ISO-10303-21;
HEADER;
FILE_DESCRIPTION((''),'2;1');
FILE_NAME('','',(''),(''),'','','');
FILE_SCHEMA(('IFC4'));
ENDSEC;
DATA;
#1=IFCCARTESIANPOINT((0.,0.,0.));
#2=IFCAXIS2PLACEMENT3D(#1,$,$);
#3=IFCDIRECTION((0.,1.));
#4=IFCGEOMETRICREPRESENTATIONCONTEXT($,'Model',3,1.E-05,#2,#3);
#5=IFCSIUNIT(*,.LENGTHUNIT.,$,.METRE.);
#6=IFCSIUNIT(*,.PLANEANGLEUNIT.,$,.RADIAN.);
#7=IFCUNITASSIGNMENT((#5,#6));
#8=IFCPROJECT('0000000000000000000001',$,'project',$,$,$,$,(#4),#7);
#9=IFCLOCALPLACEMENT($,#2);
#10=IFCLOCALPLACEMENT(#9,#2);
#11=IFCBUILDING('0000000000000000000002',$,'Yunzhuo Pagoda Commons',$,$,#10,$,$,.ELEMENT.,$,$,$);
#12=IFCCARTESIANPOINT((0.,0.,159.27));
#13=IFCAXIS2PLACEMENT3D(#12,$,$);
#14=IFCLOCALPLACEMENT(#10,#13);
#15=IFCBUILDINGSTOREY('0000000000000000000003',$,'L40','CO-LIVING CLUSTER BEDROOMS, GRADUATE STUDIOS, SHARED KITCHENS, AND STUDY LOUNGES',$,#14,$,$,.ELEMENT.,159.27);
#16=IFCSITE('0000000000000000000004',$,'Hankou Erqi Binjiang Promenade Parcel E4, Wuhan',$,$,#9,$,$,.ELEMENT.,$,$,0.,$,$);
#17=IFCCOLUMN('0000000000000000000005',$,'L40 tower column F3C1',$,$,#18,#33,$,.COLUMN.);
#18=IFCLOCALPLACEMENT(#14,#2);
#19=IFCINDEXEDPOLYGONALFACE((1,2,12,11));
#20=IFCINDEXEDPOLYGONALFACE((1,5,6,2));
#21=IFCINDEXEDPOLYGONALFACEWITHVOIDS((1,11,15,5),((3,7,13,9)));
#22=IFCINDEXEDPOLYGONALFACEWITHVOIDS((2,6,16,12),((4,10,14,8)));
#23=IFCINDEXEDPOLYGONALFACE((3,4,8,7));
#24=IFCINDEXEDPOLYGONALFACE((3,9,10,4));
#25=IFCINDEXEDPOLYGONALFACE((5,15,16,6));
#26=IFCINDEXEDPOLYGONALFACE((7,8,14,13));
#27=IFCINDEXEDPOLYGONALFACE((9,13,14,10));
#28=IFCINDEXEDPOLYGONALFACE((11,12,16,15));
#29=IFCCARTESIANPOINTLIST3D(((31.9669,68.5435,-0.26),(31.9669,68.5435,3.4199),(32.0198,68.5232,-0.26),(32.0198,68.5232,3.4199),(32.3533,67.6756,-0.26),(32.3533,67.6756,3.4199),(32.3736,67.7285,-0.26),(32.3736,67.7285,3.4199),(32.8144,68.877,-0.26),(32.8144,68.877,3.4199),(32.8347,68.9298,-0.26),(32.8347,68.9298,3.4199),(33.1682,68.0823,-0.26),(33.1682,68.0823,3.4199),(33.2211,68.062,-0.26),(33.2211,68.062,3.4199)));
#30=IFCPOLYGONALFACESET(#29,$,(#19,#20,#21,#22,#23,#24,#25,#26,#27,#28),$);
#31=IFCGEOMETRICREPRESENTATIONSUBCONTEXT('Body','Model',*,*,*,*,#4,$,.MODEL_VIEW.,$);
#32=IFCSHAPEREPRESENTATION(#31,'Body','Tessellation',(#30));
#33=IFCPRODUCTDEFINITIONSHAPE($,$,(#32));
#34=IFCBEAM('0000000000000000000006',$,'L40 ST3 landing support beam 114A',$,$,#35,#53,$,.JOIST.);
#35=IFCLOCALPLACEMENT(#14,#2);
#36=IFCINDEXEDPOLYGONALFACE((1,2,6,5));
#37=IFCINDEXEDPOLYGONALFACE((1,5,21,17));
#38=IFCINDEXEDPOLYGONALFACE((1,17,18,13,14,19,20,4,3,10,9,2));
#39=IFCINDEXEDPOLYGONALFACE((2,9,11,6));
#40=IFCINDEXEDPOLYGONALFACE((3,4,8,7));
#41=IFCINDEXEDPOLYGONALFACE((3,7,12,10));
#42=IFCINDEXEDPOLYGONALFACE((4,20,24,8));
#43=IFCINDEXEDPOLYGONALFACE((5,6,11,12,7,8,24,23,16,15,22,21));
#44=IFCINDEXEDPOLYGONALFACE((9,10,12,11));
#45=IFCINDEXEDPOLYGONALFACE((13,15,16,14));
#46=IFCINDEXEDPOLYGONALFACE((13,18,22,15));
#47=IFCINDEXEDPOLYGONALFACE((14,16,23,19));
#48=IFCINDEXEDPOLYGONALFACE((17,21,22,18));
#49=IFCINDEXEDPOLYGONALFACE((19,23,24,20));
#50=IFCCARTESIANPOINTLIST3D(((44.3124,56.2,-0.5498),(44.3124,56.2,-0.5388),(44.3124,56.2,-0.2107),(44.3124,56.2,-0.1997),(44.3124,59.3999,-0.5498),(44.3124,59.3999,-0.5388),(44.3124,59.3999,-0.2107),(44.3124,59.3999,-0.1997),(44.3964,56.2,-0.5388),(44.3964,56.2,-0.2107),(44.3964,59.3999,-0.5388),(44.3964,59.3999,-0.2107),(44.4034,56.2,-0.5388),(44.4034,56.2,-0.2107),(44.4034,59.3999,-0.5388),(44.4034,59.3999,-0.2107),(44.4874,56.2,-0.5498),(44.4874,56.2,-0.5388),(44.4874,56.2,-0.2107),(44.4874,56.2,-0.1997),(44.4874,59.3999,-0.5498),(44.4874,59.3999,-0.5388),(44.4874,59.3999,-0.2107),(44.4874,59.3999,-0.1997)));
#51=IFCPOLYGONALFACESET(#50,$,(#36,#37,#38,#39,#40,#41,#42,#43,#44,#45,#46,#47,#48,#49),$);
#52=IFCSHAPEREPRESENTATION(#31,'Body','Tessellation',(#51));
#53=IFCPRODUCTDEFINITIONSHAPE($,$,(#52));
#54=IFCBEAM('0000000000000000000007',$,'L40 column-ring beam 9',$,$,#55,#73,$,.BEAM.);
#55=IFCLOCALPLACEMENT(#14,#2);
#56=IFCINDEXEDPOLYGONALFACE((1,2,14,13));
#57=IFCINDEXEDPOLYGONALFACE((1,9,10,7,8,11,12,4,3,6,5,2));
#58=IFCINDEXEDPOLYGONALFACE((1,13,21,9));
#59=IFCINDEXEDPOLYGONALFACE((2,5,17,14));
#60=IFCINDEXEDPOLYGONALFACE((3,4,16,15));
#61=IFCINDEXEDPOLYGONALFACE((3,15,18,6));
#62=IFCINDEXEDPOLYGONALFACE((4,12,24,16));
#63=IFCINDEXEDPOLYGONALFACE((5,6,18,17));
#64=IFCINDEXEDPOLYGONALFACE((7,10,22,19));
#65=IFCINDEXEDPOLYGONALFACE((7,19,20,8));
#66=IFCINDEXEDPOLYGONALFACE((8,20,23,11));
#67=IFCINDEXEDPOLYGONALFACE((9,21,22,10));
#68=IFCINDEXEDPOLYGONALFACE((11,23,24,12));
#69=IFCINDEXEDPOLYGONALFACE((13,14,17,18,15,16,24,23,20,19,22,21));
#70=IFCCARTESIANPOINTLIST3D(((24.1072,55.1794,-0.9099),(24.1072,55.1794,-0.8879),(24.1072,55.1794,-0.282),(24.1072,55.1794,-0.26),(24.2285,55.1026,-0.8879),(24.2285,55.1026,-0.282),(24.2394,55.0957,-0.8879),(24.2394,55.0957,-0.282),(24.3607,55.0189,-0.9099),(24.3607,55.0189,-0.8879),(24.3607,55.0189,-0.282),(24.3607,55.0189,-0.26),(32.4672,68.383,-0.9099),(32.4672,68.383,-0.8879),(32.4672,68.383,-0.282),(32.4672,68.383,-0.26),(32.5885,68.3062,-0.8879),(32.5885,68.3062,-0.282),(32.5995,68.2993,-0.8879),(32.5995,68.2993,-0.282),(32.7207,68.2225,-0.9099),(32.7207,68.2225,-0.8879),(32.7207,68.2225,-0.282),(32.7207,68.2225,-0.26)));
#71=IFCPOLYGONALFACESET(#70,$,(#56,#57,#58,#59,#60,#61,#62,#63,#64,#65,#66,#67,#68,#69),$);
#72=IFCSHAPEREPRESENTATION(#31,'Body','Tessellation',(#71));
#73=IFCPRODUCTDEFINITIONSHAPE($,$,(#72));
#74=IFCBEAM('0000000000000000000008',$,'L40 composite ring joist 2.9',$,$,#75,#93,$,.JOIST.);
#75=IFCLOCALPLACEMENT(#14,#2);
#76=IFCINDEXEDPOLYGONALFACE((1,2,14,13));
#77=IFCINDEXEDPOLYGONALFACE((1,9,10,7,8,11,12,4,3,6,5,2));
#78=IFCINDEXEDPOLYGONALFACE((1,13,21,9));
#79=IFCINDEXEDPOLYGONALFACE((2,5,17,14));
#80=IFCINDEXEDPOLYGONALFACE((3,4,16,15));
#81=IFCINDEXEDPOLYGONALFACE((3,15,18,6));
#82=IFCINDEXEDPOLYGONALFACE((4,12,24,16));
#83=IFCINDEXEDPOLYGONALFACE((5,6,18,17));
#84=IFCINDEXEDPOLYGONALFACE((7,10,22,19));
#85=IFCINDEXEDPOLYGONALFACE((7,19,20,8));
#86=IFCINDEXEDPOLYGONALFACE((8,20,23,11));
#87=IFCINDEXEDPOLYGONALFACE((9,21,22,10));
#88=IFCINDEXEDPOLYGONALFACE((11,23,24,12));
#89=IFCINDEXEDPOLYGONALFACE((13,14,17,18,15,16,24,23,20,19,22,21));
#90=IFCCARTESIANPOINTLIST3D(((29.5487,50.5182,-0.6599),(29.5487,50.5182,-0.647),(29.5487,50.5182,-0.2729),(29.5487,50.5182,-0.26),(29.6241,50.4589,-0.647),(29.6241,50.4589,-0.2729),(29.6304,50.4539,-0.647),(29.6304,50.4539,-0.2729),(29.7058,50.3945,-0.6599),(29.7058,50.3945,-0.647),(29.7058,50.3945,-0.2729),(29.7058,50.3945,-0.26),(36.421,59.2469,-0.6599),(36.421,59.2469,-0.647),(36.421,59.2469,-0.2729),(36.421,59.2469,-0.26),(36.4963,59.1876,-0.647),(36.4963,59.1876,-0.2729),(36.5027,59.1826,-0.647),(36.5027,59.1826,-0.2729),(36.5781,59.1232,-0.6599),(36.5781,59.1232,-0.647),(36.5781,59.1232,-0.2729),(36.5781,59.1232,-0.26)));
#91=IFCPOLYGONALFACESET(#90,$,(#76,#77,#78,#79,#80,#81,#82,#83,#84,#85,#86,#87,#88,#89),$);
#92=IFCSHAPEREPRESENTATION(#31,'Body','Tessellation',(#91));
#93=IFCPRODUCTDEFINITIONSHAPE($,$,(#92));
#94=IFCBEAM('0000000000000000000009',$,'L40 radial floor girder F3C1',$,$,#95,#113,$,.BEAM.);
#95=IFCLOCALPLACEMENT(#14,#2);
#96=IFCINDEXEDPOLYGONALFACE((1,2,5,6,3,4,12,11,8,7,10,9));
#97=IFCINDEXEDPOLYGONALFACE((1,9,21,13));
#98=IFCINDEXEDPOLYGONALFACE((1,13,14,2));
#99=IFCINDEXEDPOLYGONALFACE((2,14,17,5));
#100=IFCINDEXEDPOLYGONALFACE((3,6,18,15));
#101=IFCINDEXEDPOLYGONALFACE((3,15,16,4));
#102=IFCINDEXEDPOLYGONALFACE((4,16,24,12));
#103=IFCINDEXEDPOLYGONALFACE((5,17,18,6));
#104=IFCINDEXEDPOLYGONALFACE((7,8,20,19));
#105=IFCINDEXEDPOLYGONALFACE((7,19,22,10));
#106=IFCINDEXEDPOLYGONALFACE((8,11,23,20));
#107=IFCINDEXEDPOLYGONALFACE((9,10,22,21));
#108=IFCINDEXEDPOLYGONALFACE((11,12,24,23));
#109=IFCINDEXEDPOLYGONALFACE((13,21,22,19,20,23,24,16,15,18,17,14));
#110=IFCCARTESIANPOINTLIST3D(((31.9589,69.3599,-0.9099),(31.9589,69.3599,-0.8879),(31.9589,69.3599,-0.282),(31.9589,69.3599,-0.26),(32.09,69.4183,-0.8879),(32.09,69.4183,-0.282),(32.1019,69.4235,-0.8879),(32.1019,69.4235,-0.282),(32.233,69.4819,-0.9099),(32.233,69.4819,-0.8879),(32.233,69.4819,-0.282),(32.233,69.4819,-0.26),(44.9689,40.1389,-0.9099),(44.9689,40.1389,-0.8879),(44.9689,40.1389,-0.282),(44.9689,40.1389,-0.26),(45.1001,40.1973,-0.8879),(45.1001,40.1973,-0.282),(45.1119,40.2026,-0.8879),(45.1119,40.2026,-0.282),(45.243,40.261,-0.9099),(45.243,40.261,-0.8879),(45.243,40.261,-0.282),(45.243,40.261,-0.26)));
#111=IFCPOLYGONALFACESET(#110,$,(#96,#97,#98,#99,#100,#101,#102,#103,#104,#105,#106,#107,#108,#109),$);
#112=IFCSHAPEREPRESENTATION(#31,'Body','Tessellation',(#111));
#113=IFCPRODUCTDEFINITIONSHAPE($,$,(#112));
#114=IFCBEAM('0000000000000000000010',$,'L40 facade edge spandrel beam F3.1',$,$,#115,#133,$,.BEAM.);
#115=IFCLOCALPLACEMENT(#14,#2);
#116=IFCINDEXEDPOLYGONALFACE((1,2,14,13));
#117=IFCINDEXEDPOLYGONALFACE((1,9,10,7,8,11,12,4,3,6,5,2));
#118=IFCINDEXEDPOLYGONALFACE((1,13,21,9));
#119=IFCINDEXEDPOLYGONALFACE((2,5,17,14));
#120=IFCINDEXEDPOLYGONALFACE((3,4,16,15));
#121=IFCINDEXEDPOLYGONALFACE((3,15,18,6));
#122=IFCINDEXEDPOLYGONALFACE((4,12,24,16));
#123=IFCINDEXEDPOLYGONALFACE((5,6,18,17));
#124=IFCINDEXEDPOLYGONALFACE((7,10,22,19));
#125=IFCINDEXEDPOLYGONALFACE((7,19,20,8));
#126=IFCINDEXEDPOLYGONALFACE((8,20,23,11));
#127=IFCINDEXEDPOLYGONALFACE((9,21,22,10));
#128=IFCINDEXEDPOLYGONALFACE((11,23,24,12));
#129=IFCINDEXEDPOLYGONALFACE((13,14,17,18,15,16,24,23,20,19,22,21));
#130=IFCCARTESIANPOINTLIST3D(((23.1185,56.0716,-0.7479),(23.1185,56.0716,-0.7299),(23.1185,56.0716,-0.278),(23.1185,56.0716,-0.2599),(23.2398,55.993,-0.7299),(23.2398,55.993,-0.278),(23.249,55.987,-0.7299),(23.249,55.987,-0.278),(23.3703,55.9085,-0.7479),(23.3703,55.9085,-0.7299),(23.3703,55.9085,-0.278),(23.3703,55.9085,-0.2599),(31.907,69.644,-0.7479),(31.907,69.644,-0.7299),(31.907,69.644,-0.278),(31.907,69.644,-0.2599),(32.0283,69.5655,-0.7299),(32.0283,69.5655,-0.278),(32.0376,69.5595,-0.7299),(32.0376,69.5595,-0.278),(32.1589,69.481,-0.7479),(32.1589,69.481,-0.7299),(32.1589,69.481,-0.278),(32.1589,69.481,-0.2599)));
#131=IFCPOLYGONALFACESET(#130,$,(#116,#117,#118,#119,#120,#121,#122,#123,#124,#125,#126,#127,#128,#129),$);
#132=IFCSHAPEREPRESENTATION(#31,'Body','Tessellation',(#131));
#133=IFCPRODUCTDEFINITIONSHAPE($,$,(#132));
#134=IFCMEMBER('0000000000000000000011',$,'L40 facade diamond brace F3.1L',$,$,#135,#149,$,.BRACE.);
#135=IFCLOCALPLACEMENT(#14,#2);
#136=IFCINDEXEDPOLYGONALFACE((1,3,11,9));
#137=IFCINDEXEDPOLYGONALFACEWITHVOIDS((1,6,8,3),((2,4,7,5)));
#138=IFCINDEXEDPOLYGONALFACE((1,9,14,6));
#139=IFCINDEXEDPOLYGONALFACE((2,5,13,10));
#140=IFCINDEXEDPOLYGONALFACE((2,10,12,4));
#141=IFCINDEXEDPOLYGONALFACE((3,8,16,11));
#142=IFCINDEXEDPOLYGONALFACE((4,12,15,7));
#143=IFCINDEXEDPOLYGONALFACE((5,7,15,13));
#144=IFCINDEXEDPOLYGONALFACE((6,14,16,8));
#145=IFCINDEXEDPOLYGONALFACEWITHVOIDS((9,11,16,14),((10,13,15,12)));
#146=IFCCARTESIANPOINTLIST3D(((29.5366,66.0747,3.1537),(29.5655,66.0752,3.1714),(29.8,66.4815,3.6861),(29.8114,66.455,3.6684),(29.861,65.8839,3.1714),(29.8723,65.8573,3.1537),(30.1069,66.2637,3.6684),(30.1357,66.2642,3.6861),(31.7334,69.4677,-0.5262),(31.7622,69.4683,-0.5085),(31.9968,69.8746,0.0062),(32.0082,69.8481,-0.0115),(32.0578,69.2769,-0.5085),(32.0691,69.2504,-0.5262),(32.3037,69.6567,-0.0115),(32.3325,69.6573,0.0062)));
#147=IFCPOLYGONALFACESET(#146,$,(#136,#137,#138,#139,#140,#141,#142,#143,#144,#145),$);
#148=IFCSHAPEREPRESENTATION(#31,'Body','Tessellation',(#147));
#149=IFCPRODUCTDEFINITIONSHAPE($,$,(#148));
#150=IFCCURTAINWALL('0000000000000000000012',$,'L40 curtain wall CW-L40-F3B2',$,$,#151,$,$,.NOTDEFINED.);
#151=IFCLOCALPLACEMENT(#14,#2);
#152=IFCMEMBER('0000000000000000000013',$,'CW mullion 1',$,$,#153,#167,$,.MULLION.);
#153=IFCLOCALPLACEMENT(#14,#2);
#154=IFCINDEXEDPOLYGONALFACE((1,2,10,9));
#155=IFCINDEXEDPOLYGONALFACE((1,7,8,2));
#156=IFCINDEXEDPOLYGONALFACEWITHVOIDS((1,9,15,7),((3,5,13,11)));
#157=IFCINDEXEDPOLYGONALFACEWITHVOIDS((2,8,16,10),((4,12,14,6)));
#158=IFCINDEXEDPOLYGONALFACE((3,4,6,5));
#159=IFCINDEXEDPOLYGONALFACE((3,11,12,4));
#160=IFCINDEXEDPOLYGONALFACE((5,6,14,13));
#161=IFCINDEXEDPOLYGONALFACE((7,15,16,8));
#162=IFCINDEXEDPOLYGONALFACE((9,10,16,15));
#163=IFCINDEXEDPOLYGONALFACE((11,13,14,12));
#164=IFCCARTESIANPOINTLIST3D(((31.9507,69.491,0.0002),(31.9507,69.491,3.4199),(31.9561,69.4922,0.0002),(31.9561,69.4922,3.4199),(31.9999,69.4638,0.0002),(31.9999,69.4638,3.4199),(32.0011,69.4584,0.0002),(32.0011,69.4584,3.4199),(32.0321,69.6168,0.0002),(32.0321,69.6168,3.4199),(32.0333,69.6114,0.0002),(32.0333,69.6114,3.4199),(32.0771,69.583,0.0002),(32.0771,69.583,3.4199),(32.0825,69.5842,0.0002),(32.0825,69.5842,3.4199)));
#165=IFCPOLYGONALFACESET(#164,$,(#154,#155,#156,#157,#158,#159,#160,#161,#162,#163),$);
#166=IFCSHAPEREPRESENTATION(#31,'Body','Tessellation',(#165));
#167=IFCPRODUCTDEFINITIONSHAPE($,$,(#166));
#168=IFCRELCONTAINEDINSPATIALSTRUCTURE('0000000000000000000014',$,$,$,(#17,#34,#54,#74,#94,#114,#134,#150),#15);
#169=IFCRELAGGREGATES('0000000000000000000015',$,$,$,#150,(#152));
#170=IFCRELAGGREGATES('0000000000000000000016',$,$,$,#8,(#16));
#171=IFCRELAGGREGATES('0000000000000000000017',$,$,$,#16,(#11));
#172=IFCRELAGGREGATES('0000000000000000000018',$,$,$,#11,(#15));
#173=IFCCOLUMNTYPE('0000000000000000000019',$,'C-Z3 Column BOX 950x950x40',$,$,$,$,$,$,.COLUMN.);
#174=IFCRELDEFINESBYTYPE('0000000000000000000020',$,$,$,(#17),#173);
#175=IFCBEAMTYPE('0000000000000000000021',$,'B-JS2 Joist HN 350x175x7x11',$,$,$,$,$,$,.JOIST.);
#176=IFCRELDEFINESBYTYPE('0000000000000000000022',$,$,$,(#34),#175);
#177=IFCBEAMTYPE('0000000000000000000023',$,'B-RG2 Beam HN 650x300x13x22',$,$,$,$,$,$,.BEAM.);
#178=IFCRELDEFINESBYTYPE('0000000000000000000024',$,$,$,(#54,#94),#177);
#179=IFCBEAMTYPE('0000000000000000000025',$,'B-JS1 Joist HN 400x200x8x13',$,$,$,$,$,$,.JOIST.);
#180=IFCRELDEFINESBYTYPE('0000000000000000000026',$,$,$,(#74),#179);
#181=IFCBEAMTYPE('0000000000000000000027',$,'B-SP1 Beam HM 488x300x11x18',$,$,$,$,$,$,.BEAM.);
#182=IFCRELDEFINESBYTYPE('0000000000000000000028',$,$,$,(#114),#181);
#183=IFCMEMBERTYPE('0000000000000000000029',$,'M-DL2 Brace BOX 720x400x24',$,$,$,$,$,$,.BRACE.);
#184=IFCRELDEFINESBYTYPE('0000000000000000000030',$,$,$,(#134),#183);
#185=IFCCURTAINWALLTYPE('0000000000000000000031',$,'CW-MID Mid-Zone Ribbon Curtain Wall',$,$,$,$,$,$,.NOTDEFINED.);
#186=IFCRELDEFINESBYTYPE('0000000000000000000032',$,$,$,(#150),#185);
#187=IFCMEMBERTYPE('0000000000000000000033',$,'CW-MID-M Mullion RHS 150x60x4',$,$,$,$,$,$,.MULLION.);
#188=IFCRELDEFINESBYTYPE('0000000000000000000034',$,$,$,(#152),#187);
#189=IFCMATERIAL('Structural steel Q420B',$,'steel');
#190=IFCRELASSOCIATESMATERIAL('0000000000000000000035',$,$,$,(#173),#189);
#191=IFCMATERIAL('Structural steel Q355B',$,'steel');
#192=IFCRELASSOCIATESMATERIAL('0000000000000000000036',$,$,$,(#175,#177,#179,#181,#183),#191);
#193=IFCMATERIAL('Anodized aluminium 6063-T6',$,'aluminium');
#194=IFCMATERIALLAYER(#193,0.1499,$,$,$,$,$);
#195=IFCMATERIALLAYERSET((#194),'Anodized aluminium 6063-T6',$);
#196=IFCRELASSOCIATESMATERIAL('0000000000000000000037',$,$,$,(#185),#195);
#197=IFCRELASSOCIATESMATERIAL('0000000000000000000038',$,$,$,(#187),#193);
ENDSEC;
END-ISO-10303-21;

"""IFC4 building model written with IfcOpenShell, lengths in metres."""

from ifc_helpers import new_model, si_unit, direction, frame, origin, origin_2d, place, context, subcontext, project, spatial, hollow_rectangle, i_section, extrude, source, transform, mapped, material, layer, layer_set, material_profile, profile_set, type_object, element, aggregate, save


model = new_model("IFC4")

# Units and contexts
model_context = context("Model", 3, precision=1e-05, world=origin(), true_north=direction((0.0, 1.0)))
body_context = subcontext(model_context, "Body", "Model", "MODEL_VIEW")
ifc_project = project(units=[si_unit("LENGTHUNIT", "METRE"), si_unit("PLANEANGLEUNIT", "RADIAN")], contexts=[model_context])

# Site, building, storey
site_placement = place(None, origin())
site = spatial("IfcSite", under=ifc_project, at=site_placement, Name="Hankou Erqi Binjiang Promenade Parcel E4, Wuhan", CompositionType="ELEMENT", RefElevation=0.0)
building_placement = place(site_placement, origin())
building = spatial("IfcBuilding", under=site, at=building_placement, Name="Yunzhuo Pagoda Commons", CompositionType="ELEMENT")
storey_placement = place(building_placement, frame((0.0, 0.0, 159.27)))
storey = spatial("IfcBuildingStorey", under=building, at=storey_placement, Name="L40", Description="CO-LIVING CLUSTER BEDROOMS, GRADUATE STUDIOS, SHARED KITCHENS, AND STUDY LOUNGES", CompositionType="ELEMENT", Elevation=159.27)

# Column
ifc_material_1 = material(Name="Structural steel Q420B", Category="steel")
ifc_material_profile_1 = material_profile(ifc_material_1, hollow_rectangle(XDim=0.95, YDim=0.95, WallThickness=0.04, at=origin_2d()), Name="Structural steel Q420B")
ifc_profile_set_1 = profile_set([ifc_material_profile_1], Name="Structural steel Q420B")
column_type = type_object("IfcColumnType", Name="C-Z3 Column BOX 950x950x40", PredefinedType="COLUMN", material=ifc_profile_set_1)
shared_shape_1 = source(origin(), body_context, "Body", "SweptSolid", [
    extrude(hollow_rectangle(XDim=0.95, YDim=0.95, WallThickness=0.04, at=origin_2d()), origin(), (0.0, 0.0, 1.0), 3.6799),
])
column_placement = place(storey_placement, frame((32.594, 68.3027, -0.26), z_axis=(0.0, 0.0, 1.0), x_axis=(-0.913545, -0.406737, 0.0)))
element("IfcColumn", 1, at=column_placement, inside=storey, type_object=column_type, Name="L40 tower column F3C1", PredefinedType="COLUMN", context=body_context, shape_type="MappedRepresentation", body=[
    mapped(shared_shape_1, transform((0.0, 0.0, 0.0), scale=1.0)),
])

# Beams
ifc_material_2 = material(Name="Structural steel Q355B", Category="steel")
ifc_material_profile_2 = material_profile(ifc_material_2, i_section(OverallWidth=0.175, OverallDepth=0.3501, WebThickness=0.0071, FlangeThickness=0.011, at=origin_2d()), Name="Structural steel Q355B")
ifc_profile_set_2 = profile_set([ifc_material_profile_2], Name="Structural steel Q355B")
beam_type_1 = type_object("IfcBeamType", Name="B-JS2 Joist HN 350x175x7x11", PredefinedType="JOIST", material=ifc_profile_set_2)
shared_shape_2 = source(origin(), body_context, "Body", "SweptSolid", [
    extrude(i_section(OverallWidth=0.175, OverallDepth=0.3501, WebThickness=0.0071, FlangeThickness=0.011, at=origin_2d()), origin(), (0.0, 0.0, 1.0), 3.2),
])
beam_1_placement = place(storey_placement, frame((44.3999, 56.2, -0.3748), z_axis=(0.0, 1.0, 0.0), x_axis=(-1.0, 0.0, 0.0)))
element("IfcBeam", 2, at=beam_1_placement, inside=storey, type_object=beam_type_1, Name="L40 ST3 landing support beam 114A", PredefinedType="JOIST", context=body_context, shape_type="MappedRepresentation", body=[
    mapped(shared_shape_2, transform((0.0, 0.0, 0.0), scale=1.0)),
])
ifc_material_profile_3 = material_profile(ifc_material_2, i_section(OverallWidth=0.3, OverallDepth=0.6499, WebThickness=0.0129, FlangeThickness=0.022, at=origin_2d()), Name="Structural steel Q355B")
ifc_profile_set_3 = profile_set([ifc_material_profile_3], Name="Structural steel Q355B")
beam_type_2 = type_object("IfcBeamType", Name="B-RG2 Beam HN 650x300x13x22", PredefinedType="BEAM", material=ifc_profile_set_3)
shared_shape_3 = source(origin(), body_context, "Body", "SweptSolid", [
    extrude(i_section(OverallWidth=0.3, OverallDepth=0.6499, WebThickness=0.0129, FlangeThickness=0.022, at=origin_2d()), origin(), (0.0, 0.0, 1.0), 15.6277),
])
beam_2_placement = place(storey_placement, frame((32.594, 68.3027, -0.585), z_axis=(-0.534952, -0.844882, 0.0), x_axis=(0.844882, -0.534952, 0.0)))
element("IfcBeam", 3, at=beam_2_placement, inside=storey, type_object=beam_type_2, Name="L40 column-ring beam 9", PredefinedType="BEAM", context=body_context, shape_type="MappedRepresentation", body=[
    mapped(shared_shape_3, transform((0.0, 0.0, 0.0), scale=1.0)),
])
ifc_material_profile_4 = material_profile(ifc_material_2, i_section(OverallWidth=0.2, OverallDepth=0.3999, WebThickness=0.0081, FlangeThickness=0.0129, at=origin_2d()), Name="Structural steel Q355B")
ifc_profile_set_4 = profile_set([ifc_material_profile_4], Name="Structural steel Q355B")
beam_type_3 = type_object("IfcBeamType", Name="B-JS1 Joist HN 400x200x8x13", PredefinedType="JOIST", material=ifc_profile_set_4)
shared_shape_4 = source(origin(), body_context, "Body", "SweptSolid", [
    extrude(i_section(OverallWidth=0.2, OverallDepth=0.3999, WebThickness=0.0081, FlangeThickness=0.0129, at=origin_2d()), origin(), (0.0, 0.0, 1.0), 11.1094),
])
beam_3_placement = place(storey_placement, frame((36.4995, 59.1851, -0.46), z_axis=(-0.618601, -0.785706, 0.0), x_axis=(0.785706, -0.618601, 0.0)))
element("IfcBeam", 4, at=beam_3_placement, inside=storey, type_object=beam_type_3, Name="L40 composite ring joist 2.9", PredefinedType="JOIST", context=body_context, shape_type="MappedRepresentation", body=[
    mapped(shared_shape_4, transform((0.0, 0.0, 0.0), scale=1.0)),
])
shared_shape_5 = source(origin(), body_context, "Body", "SweptSolid", [
    extrude(i_section(OverallWidth=0.3, OverallDepth=0.6499, WebThickness=0.0129, FlangeThickness=0.022, at=origin_2d()), origin(), (0.0, 0.0, 1.0), 31.9863),
])
beam_4_placement = place(storey_placement, frame((32.0959, 69.4209, -0.585), z_axis=(0.406737, -0.913545, 0.0), x_axis=(0.913545, 0.406737, 0.0)))
element("IfcBeam", 5, at=beam_4_placement, inside=storey, type_object=beam_type_2, Name="L40 radial floor girder F3C1", PredefinedType="BEAM", context=body_context, shape_type="MappedRepresentation", body=[
    mapped(shared_shape_5, transform((0.0, 0.0, 0.0), scale=1.0)),
])
ifc_material_profile_5 = material_profile(ifc_material_2, i_section(OverallWidth=0.3, OverallDepth=0.488, WebThickness=0.011, FlangeThickness=0.0181, at=origin_2d()), Name="Structural steel Q355B")
ifc_profile_set_5 = profile_set([ifc_material_profile_5], Name="Structural steel Q355B")
beam_type_4 = type_object("IfcBeamType", Name="B-SP1 Beam HM 488x300x11x18", PredefinedType="BEAM", material=ifc_profile_set_5)
shared_shape_6 = source(origin(), body_context, "Body", "SweptSolid", [
    extrude(i_section(OverallWidth=0.3, OverallDepth=0.488, WebThickness=0.011, FlangeThickness=0.0181, at=origin_2d()), origin(), (0.0, 0.0, 1.0), 16.1694),
])
beam_5_placement = place(storey_placement, frame((32.033, 69.5625, -0.5039), z_axis=(-0.543529, -0.839391, 0.0), x_axis=(0.839391, -0.543529, 0.0)))
element("IfcBeam", 6, at=beam_5_placement, inside=storey, type_object=beam_type_4, Name="L40 facade edge spandrel beam F3.1", PredefinedType="BEAM", context=body_context, shape_type="MappedRepresentation", body=[
    mapped(shared_shape_6, transform((0.0, 0.0, 0.0), scale=1.0)),
])

# Member
ifc_material_profile_6 = material_profile(ifc_material_2, hollow_rectangle(XDim=0.3999, YDim=0.72, WallThickness=0.0239, at=origin_2d()), Name="Structural steel Q355B")
ifc_profile_set_6 = profile_set([ifc_material_profile_6], Name="Structural steel Q355B")
member_type_1 = type_object("IfcMemberType", Name="M-DL2 Brace BOX 720x400x24", PredefinedType="BRACE", material=ifc_profile_set_6)
shared_shape_7 = source(origin(), body_context, "Body", "SweptSolid", [
    extrude(hollow_rectangle(XDim=0.3999, YDim=0.72, WallThickness=0.0239, at=origin_2d()), origin(), (0.0, 0.0, 1.0), 5.4663),
])
member_1_placement = place(storey_placement, frame((32.033, 69.5625, -0.26), z_axis=(-0.401875, -0.620723, 0.673201), x_axis=(0.839428, -0.543472, 0.0)))
element("IfcMember", 7, at=member_1_placement, inside=storey, type_object=member_type_1, Name="L40 facade diamond brace F3.1L", PredefinedType="BRACE", context=body_context, shape_type="MappedRepresentation", body=[
    mapped(shared_shape_7, transform((0.0, 0.0, 0.0), scale=1.0)),
])

# Curtain wall, member
ifc_material_3 = material(Name="Anodized aluminium 6063-T6", Category="aluminium")
ifc_layer_1 = layer(ifc_material_3, 0.1499)
ifc_layer_set_1 = layer_set([ifc_layer_1], Name="Anodized aluminium 6063-T6")
curtain_wall_type = type_object("IfcCurtainWallType", Name="CW-MID Mid-Zone Ribbon Curtain Wall", PredefinedType="NOTDEFINED", material=ifc_layer_set_1)
curtain_wall_1_placement = place(storey_placement, origin())
curtain_wall_1 = element("IfcCurtainWall", 8, at=curtain_wall_1_placement, inside=storey, type_object=curtain_wall_type, Name="L40 curtain wall CW-L40-F3B2", PredefinedType="NOTDEFINED")
ifc_material_profile_7 = material_profile(ifc_material_3, hollow_rectangle(XDim=0.0601, YDim=0.1499, WallThickness=0.0039, at=origin_2d()), Name="Anodized aluminium 6063-T6")
ifc_profile_set_7 = profile_set([ifc_material_profile_7], Name="Anodized aluminium 6063-T6")
member_type_2 = type_object("IfcMemberType", Name="CW-MID-M Mullion RHS 150x60x4", PredefinedType="MULLION", material=ifc_profile_set_7)
shared_shape_8 = source(origin(), body_context, "Body", "SweptSolid", [
    extrude(hollow_rectangle(XDim=0.0601, YDim=0.1499, WallThickness=0.0039, at=origin_2d()), origin(), (0.0, 0.0, 1.0), 3.4197),
])
member_2_placement = place(storey_placement, frame((32.0166, 69.5376, 0.0002), z_axis=(0.0, 0.0, 1.0), x_axis=(0.839393, -0.543526, 0.0)))
member_2 = element("IfcMember", 9, at=member_2_placement, type_object=member_type_2, Name="CW mullion 1", PredefinedType="MULLION", context=body_context, shape_type="MappedRepresentation", body=[
    mapped(shared_shape_8, transform((0.0, 0.0, 0.0), scale=1.0)),
])

aggregate(curtain_wall_1, [member_2])

save(model, "model.ifc")
